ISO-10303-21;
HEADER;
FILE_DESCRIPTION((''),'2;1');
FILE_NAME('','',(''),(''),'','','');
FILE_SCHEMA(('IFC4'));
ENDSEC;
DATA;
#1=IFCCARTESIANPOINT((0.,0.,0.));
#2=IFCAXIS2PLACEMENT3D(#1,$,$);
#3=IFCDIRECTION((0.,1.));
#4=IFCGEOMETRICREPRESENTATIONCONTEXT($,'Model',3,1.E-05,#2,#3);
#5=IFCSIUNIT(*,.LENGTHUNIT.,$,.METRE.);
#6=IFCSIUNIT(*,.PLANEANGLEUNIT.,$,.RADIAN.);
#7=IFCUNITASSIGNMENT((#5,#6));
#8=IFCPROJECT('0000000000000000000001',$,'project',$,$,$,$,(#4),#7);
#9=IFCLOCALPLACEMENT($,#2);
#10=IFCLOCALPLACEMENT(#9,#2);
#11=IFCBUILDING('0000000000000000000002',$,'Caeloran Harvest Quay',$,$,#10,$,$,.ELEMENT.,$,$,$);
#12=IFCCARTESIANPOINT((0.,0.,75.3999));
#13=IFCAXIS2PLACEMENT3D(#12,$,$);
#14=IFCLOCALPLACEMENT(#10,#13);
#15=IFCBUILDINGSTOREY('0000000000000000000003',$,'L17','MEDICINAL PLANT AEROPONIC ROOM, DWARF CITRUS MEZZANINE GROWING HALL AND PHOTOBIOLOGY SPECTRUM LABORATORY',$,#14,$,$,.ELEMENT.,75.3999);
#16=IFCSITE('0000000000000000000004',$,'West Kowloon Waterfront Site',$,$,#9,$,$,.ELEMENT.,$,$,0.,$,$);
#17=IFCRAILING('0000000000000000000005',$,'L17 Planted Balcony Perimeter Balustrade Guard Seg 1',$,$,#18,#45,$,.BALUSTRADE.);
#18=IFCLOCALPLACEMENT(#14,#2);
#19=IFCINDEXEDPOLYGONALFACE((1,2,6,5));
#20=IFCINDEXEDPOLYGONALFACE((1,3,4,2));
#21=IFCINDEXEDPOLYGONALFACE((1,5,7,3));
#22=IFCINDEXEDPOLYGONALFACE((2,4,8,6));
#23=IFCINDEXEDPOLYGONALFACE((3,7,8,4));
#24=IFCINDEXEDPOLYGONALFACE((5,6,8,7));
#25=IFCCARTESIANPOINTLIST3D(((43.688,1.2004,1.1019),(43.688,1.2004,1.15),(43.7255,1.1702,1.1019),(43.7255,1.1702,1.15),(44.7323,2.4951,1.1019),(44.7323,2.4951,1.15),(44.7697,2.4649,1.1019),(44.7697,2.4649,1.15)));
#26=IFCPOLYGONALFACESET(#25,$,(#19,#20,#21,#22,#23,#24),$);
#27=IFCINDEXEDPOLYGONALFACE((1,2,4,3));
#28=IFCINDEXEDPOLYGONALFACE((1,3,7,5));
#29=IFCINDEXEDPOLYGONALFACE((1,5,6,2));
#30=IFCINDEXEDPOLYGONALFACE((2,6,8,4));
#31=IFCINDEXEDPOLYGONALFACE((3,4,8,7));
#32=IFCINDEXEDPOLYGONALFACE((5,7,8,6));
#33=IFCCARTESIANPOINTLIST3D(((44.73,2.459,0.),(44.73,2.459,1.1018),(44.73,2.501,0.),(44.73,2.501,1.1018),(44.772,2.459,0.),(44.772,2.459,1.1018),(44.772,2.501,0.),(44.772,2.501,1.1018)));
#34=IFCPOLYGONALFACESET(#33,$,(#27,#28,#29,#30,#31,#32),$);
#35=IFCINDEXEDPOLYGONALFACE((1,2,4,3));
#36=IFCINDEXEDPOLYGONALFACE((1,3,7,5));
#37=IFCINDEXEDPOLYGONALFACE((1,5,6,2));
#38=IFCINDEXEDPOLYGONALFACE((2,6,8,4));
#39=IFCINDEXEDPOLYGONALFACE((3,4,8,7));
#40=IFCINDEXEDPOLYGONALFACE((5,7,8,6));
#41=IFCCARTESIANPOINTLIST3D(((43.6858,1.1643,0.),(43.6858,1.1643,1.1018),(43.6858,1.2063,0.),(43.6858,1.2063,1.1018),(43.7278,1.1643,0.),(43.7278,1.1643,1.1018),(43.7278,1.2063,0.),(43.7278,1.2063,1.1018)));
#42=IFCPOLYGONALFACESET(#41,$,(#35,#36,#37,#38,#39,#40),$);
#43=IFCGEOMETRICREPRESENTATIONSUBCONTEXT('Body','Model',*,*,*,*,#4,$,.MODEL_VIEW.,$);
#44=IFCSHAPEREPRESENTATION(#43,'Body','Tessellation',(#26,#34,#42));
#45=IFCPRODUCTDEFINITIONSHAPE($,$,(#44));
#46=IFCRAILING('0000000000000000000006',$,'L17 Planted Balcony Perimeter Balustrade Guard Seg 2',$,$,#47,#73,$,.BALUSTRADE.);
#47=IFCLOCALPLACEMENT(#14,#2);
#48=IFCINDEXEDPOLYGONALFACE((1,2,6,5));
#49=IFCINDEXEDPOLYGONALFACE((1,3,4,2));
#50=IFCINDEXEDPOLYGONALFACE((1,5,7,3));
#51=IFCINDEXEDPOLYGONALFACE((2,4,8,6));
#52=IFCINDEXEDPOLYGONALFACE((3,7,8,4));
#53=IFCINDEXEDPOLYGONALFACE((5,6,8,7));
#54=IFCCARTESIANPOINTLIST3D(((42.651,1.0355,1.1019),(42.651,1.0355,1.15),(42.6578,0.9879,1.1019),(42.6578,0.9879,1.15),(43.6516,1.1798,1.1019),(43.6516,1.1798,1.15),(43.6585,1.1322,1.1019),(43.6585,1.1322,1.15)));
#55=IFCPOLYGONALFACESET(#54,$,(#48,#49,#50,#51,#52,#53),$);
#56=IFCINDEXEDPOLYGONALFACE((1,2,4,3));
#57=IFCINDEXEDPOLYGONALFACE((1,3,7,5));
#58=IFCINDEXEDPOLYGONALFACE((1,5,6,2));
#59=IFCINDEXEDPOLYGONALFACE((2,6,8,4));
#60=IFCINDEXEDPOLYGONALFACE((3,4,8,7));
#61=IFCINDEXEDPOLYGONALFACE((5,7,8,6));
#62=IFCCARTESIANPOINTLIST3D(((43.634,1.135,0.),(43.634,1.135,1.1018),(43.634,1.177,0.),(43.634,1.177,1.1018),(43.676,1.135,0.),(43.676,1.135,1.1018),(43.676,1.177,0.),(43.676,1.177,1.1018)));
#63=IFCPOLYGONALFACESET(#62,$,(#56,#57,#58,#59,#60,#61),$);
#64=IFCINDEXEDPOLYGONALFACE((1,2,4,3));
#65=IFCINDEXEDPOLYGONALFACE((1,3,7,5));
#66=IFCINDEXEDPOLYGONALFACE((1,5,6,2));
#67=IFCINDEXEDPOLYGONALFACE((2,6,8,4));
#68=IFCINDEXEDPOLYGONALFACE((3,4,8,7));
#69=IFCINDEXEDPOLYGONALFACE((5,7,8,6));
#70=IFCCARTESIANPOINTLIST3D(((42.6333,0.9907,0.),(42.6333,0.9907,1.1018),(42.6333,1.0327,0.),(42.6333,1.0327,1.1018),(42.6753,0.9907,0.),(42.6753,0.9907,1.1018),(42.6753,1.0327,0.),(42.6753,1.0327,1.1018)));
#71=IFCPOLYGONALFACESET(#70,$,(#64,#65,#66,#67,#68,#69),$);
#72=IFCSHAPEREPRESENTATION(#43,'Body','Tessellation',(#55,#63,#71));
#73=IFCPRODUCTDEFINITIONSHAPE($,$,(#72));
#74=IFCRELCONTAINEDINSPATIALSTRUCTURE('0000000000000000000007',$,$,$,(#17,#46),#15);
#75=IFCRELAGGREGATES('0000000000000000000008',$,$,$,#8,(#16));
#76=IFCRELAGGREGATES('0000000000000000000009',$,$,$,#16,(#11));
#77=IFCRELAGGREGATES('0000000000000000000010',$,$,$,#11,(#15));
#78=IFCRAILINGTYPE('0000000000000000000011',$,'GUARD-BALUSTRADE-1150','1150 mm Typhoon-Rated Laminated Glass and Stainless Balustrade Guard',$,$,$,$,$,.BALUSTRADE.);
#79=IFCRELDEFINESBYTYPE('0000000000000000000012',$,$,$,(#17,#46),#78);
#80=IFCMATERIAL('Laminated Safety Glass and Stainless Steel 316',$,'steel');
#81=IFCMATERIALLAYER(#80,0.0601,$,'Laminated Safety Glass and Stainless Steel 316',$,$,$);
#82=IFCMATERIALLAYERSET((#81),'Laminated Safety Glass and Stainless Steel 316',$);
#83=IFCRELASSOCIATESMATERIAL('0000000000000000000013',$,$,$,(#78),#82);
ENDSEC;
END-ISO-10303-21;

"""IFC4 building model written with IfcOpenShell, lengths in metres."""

from ifc_helpers import new_model, si_unit, direction, frame, origin, origin_2d, place, context, subcontext, project, spatial, rectangle, extrude, material, layer, layer_set, type_object, element, save


model = new_model("IFC4")

# Units and contexts
model_context = context("Model", 3, precision=1e-05, world=origin(), true_north=direction((0.0, 1.0)))
body_context = subcontext(model_context, "Body", "Model", "MODEL_VIEW")
ifc_project = project(units=[si_unit("LENGTHUNIT", "METRE"), si_unit("PLANEANGLEUNIT", "RADIAN")], contexts=[model_context])

# Site, building, storey
site_placement = place(None, origin())
site = spatial("IfcSite", under=ifc_project, at=site_placement, Name="West Kowloon Waterfront Site", CompositionType="ELEMENT", RefElevation=0.0)
building_placement = place(site_placement, origin())
building = spatial("IfcBuilding", under=site, at=building_placement, Name="Caeloran Harvest Quay", CompositionType="ELEMENT")
storey_placement = place(building_placement, frame((0.0, 0.0, 75.3999)))
storey = spatial("IfcBuildingStorey", under=building, at=storey_placement, Name="L17", Description="MEDICINAL PLANT AEROPONIC ROOM, DWARF CITRUS MEZZANINE GROWING HALL AND PHOTOBIOLOGY SPECTRUM LABORATORY", CompositionType="ELEMENT", Elevation=75.3999)

# Railings
ifc_material_1 = material(Name="Laminated Safety Glass and Stainless Steel 316", Category="steel")
ifc_layer_1 = layer(ifc_material_1, 0.0601, Name="Laminated Safety Glass and Stainless Steel 316")
ifc_layer_set_1 = layer_set([ifc_layer_1], Name="Laminated Safety Glass and Stainless Steel 316")
railing_type = type_object("IfcRailingType", Name="GUARD-BALUSTRADE-1150", Description="1150 mm Typhoon-Rated Laminated Glass and Stainless Balustrade Guard", PredefinedType="BALUSTRADE", material=ifc_layer_set_1)
railing_1_placement = place(storey_placement, frame((44.751, 2.48, 0.0)))
element("IfcRailing", 1, at=railing_1_placement, inside=storey, type_object=railing_type, Name="L17 Planted Balcony Perimeter Balustrade Guard Seg 1", PredefinedType="BALUSTRADE", context=body_context, shape_type="SweptSolid", body=[
    extrude(rectangle(XDim=0.0481, YDim=0.0481, at=origin_2d()), frame((0.0, 0.0, 1.126), z_axis=(-0.627787, -0.778385, 0.0), x_axis=(0.778385, -0.627787, 0.0)), (0.0, 0.0, 1.0), 1.6633),
    extrude(rectangle(XDim=0.042, YDim=0.042, at=origin_2d()), origin(), (0.0, 0.0, 1.0), 1.1018),
    extrude(rectangle(XDim=0.042, YDim=0.042, at=origin_2d()), frame((-1.0442, -1.2947, 0.0)), (0.0, 0.0, 1.0), 1.1018),
])
railing_2_placement = place(storey_placement, frame((43.655, 1.156, 0.0)))
element("IfcRailing", 2, at=railing_2_placement, inside=storey, type_object=railing_type, Name="L17 Planted Balcony Perimeter Balustrade Guard Seg 2", PredefinedType="BALUSTRADE", context=body_context, shape_type="SweptSolid", body=[
    extrude(rectangle(XDim=0.0481, YDim=0.0481, at=origin_2d()), frame((0.0, 0.0, 1.126), z_axis=(-0.989765, -0.142706, 0.0), x_axis=(0.142706, -0.989765, 0.0)), (0.0, 0.0, 1.0), 1.011),
    extrude(rectangle(XDim=0.042, YDim=0.042, at=origin_2d()), origin(), (0.0, 0.0, 1.0), 1.1018),
    extrude(rectangle(XDim=0.042, YDim=0.042, at=origin_2d()), frame((-1.0007, -0.1443, 0.0)), (0.0, 0.0, 1.0), 1.1018),
])

save(model, "model.ifc")
